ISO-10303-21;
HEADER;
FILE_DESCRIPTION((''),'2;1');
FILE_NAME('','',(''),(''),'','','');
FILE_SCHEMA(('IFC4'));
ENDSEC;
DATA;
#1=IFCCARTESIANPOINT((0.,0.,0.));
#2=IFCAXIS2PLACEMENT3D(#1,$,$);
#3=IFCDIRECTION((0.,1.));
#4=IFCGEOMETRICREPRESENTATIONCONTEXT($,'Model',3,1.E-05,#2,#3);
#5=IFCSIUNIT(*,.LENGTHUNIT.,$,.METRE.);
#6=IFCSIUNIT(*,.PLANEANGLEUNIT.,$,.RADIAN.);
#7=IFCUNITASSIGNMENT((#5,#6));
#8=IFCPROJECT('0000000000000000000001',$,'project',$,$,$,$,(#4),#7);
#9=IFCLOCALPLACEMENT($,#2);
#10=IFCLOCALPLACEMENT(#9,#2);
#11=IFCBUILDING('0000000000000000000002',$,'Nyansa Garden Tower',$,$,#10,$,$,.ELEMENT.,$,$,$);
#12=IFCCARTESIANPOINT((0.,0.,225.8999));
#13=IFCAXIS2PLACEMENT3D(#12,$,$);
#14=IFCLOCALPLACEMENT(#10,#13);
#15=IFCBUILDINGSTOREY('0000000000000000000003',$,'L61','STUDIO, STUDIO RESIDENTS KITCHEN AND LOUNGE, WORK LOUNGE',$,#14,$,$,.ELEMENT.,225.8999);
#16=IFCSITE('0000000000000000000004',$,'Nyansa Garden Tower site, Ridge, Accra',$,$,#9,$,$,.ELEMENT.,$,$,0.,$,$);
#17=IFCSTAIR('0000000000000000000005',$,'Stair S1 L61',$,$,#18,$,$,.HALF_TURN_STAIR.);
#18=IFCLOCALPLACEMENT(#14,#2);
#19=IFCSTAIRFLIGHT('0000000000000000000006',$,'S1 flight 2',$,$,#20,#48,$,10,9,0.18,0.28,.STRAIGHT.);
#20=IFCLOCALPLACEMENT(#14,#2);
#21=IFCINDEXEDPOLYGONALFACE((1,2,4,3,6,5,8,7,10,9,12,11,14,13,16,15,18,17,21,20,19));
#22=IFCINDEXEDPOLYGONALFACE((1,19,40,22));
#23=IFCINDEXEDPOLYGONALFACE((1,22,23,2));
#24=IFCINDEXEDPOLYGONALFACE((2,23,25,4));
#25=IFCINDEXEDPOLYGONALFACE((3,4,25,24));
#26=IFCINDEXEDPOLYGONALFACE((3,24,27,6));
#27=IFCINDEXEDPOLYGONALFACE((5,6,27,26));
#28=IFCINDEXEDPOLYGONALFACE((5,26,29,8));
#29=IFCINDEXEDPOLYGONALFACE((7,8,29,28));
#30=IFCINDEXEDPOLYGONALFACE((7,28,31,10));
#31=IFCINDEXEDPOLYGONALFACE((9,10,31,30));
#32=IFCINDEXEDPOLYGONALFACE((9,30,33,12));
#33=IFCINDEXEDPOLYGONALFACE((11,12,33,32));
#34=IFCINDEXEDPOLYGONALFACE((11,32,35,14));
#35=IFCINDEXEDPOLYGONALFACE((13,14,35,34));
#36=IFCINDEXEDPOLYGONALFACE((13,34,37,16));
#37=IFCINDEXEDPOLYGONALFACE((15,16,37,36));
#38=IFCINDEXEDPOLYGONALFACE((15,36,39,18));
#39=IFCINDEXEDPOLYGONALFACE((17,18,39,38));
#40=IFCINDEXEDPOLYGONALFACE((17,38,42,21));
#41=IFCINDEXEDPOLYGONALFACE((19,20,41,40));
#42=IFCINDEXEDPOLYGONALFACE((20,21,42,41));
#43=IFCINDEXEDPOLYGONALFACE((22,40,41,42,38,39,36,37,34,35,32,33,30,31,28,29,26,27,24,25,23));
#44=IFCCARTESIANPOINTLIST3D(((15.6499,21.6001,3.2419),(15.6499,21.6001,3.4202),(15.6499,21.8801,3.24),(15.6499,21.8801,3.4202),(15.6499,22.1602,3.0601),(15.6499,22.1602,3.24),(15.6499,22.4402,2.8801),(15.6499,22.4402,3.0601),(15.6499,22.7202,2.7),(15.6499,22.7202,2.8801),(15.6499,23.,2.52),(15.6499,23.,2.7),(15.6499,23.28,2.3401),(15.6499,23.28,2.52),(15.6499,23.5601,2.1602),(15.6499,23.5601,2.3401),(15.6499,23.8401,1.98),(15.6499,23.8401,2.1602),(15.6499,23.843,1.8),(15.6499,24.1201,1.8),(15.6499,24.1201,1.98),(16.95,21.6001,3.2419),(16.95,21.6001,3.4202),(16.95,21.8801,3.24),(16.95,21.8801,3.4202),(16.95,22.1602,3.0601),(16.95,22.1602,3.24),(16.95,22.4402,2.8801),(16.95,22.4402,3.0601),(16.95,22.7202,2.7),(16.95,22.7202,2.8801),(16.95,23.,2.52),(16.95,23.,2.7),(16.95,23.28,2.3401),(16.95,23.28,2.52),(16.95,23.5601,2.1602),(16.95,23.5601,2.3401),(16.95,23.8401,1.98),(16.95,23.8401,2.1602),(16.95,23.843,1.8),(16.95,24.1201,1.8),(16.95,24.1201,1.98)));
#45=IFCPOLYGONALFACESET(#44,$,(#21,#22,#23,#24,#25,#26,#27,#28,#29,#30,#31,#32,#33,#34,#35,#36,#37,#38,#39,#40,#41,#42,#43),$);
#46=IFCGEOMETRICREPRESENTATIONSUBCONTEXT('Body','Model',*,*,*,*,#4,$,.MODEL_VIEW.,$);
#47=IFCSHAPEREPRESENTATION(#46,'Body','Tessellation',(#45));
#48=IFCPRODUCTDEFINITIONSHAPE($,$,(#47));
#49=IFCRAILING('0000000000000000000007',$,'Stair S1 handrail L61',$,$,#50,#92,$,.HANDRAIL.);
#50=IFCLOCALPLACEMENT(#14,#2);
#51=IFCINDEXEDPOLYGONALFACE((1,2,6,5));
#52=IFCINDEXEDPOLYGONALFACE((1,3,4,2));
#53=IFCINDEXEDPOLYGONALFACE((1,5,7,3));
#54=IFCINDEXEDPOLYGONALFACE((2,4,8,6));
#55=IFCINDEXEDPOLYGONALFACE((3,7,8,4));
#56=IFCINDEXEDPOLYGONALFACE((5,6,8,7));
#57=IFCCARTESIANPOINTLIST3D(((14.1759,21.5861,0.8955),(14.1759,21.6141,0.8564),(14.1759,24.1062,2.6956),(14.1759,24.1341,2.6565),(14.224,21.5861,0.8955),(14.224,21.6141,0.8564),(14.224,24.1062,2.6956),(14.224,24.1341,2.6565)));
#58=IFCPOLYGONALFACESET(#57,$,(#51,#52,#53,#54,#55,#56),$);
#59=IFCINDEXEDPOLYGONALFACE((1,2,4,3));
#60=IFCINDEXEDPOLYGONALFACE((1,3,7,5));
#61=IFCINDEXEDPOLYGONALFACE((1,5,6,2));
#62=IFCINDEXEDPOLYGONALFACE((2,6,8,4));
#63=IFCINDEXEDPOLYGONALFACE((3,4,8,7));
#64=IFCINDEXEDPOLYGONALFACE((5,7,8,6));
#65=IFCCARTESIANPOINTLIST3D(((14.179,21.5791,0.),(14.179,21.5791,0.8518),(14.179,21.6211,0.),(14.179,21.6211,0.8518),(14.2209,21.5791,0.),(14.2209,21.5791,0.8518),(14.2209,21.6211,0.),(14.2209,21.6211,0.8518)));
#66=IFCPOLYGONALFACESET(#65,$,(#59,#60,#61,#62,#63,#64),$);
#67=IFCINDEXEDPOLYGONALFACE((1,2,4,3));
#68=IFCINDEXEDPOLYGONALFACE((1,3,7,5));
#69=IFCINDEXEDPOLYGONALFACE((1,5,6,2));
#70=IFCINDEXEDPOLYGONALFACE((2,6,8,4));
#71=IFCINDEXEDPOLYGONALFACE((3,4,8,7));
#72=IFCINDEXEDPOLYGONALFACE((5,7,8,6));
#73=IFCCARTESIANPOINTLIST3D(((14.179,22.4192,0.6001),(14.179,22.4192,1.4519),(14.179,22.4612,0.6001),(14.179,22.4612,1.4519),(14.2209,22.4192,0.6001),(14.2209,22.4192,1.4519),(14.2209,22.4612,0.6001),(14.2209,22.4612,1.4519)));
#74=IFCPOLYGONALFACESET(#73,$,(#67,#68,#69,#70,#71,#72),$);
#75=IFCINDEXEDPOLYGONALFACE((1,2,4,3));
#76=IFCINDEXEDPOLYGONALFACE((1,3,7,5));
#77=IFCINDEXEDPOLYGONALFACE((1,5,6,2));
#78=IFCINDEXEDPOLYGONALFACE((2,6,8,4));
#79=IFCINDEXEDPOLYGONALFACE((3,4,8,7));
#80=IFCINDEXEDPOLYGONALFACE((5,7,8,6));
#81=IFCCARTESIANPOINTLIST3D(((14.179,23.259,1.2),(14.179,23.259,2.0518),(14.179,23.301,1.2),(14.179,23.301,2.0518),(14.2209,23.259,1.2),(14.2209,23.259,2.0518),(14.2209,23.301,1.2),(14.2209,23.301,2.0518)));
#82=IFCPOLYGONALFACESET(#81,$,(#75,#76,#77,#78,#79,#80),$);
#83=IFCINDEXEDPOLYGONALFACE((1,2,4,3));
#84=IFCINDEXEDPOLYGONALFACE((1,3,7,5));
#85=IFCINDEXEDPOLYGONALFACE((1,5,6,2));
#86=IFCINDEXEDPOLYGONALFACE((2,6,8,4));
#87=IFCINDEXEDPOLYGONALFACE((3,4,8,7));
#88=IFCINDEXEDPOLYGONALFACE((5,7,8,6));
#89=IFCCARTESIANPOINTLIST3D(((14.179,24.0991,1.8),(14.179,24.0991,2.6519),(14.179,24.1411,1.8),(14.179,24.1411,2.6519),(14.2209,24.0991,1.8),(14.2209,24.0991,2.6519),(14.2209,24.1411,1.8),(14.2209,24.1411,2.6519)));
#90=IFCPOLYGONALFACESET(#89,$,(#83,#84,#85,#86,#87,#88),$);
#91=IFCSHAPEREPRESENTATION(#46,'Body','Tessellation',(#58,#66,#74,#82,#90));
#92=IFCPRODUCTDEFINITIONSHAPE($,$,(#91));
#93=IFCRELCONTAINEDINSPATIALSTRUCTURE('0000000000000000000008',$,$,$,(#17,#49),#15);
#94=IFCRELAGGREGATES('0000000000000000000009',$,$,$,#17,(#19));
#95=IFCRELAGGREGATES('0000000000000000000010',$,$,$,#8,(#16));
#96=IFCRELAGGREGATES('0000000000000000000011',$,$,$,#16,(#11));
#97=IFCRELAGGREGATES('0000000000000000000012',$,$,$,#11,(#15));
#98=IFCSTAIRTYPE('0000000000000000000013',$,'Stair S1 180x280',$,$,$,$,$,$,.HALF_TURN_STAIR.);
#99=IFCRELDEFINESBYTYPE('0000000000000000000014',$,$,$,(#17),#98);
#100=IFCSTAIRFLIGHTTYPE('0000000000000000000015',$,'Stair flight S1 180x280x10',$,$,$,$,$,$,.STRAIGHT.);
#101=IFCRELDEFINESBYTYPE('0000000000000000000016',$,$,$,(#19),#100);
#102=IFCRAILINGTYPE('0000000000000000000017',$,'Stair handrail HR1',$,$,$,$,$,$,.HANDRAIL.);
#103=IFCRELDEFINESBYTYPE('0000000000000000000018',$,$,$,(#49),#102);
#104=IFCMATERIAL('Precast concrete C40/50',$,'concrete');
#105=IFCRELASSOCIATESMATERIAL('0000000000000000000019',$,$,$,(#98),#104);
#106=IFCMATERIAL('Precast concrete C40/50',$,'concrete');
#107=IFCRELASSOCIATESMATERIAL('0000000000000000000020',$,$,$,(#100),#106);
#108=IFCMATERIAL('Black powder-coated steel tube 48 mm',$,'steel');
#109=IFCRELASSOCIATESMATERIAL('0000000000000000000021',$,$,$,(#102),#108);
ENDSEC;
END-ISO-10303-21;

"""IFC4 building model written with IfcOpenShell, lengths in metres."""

from ifc_helpers import new_model, si_unit, direction, frame, origin, origin_2d, place, context, subcontext, project, spatial, polyline, rectangle, outline, extrude, material, type_object, element, aggregate, save


model = new_model("IFC4")

# Units and contexts
model_context = context("Model", 3, precision=1e-05, world=origin(), true_north=direction((0.0, 1.0)))
body_context = subcontext(model_context, "Body", "Model", "MODEL_VIEW")
ifc_project = project(units=[si_unit("LENGTHUNIT", "METRE"), si_unit("PLANEANGLEUNIT", "RADIAN")], contexts=[model_context])

# Site, building, storey
site_placement = place(None, origin())
site = spatial("IfcSite", under=ifc_project, at=site_placement, Name="Nyansa Garden Tower site, Ridge, Accra", CompositionType="ELEMENT", RefElevation=0.0)
building_placement = place(site_placement, origin())
building = spatial("IfcBuilding", under=site, at=building_placement, Name="Nyansa Garden Tower", CompositionType="ELEMENT")
storey_placement = place(building_placement, frame((0.0, 0.0, 225.8999)))
storey = spatial("IfcBuildingStorey", under=building, at=storey_placement, Name="L61", Description="STUDIO, STUDIO RESIDENTS KITCHEN AND LOUNGE, WORK LOUNGE", CompositionType="ELEMENT", Elevation=225.8999)

# Stair, stair flight
ifc_material_1 = material(Name="Precast concrete C40/50", Category="concrete")
stair_type = type_object("IfcStairType", Name="Stair S1 180x280", PredefinedType="HALF_TURN_STAIR", material=ifc_material_1)
stair_placement = place(storey_placement, origin())
stair = element("IfcStair", 1, at=stair_placement, inside=storey, type_object=stair_type, Name="Stair S1 L61", PredefinedType="HALF_TURN_STAIR")
ifc_material_2 = material(Name="Precast concrete C40/50", Category="concrete")
stair_flight_type = type_object("IfcStairFlightType", Name="Stair flight S1 180x280x10", PredefinedType="STRAIGHT", material=ifc_material_2)
stair_flight_1_placement = place(storey_placement, frame((16.3, 24.1201, 1.8), z_axis=(0.0, 0.0, 1.0), x_axis=(0.0, -1.0, 0.0)))
stair_flight_1 = element("IfcStairFlight", 2, at=stair_flight_1_placement, type_object=stair_flight_type, Name="S1 flight 2", NumberOfRisers=10, NumberOfTreads=9, PredefinedType="STRAIGHT", RiserHeight=0.18, TreadLength=0.28, context=body_context, shape_type="SweptSolid", body=[
    extrude(outline(polyline([(0.0, 0.0), (0.0, 0.1799), (0.28, 0.1799), (0.28, 0.3601), (0.5601, 0.3601), (0.5601, 0.54), (0.8401, 0.54), (0.8401, 0.72), (1.1201, 0.72), (1.1201, 0.8999), (1.3999, 0.8999), (1.3999, 1.0801), (1.6799, 1.0801), (1.6799, 1.26), (1.96, 1.26), (1.96, 1.4399), (2.24, 1.4399), (2.24, 1.6201), (2.52, 1.6201), (2.52, 1.8), (2.52, 1.4419), (0.2771, 0.0), (0.0, 0.0)])), frame((0.0, 0.6499, 0.0), z_axis=(0.0, -1.0, 0.0), x_axis=(1.0, 0.0, 0.0)), (0.0, 0.0, 1.0), 1.3),
])
aggregate(stair, [stair_flight_1])

# Railing
ifc_material_3 = material(Name="Black powder-coated steel tube 48 mm", Category="steel")
railing_type = type_object("IfcRailingType", Name="Stair handrail HR1", PredefinedType="HANDRAIL", material=ifc_material_3)
railing_placement = place(storey_placement, frame((14.2, 21.6001, 0.0)))
element("IfcRailing", 3, at=railing_placement, inside=storey, type_object=railing_type, Name="Stair S1 handrail L61", PredefinedType="HANDRAIL", context=body_context, shape_type="SweptSolid", body=[
    extrude(rectangle(XDim=0.0481, YDim=0.0481, at=origin_2d()), frame((0.0, 0.0, 0.876), z_axis=(0.0, 0.813728, 0.581246), x_axis=(-1.0, 0.0, 0.0)), (0.0, 0.0, 1.0), 3.0969),
    extrude(rectangle(XDim=0.042, YDim=0.042, at=origin_2d()), origin(), (0.0, 0.0, 1.0), 0.8518),
    extrude(rectangle(XDim=0.042, YDim=0.042, at=origin_2d()), frame((0.0, 0.8401, 0.6001)), (0.0, 0.0, 1.0), 0.8518),
    extrude(rectangle(XDim=0.042, YDim=0.042, at=origin_2d()), frame((0.0, 1.6799, 1.2)), (0.0, 0.0, 1.0), 0.8518),
    extrude(rectangle(XDim=0.042, YDim=0.042, at=origin_2d()), frame((0.0, 2.52, 1.8)), (0.0, 0.0, 1.0), 0.8518),
])

save(model, "model.ifc")
